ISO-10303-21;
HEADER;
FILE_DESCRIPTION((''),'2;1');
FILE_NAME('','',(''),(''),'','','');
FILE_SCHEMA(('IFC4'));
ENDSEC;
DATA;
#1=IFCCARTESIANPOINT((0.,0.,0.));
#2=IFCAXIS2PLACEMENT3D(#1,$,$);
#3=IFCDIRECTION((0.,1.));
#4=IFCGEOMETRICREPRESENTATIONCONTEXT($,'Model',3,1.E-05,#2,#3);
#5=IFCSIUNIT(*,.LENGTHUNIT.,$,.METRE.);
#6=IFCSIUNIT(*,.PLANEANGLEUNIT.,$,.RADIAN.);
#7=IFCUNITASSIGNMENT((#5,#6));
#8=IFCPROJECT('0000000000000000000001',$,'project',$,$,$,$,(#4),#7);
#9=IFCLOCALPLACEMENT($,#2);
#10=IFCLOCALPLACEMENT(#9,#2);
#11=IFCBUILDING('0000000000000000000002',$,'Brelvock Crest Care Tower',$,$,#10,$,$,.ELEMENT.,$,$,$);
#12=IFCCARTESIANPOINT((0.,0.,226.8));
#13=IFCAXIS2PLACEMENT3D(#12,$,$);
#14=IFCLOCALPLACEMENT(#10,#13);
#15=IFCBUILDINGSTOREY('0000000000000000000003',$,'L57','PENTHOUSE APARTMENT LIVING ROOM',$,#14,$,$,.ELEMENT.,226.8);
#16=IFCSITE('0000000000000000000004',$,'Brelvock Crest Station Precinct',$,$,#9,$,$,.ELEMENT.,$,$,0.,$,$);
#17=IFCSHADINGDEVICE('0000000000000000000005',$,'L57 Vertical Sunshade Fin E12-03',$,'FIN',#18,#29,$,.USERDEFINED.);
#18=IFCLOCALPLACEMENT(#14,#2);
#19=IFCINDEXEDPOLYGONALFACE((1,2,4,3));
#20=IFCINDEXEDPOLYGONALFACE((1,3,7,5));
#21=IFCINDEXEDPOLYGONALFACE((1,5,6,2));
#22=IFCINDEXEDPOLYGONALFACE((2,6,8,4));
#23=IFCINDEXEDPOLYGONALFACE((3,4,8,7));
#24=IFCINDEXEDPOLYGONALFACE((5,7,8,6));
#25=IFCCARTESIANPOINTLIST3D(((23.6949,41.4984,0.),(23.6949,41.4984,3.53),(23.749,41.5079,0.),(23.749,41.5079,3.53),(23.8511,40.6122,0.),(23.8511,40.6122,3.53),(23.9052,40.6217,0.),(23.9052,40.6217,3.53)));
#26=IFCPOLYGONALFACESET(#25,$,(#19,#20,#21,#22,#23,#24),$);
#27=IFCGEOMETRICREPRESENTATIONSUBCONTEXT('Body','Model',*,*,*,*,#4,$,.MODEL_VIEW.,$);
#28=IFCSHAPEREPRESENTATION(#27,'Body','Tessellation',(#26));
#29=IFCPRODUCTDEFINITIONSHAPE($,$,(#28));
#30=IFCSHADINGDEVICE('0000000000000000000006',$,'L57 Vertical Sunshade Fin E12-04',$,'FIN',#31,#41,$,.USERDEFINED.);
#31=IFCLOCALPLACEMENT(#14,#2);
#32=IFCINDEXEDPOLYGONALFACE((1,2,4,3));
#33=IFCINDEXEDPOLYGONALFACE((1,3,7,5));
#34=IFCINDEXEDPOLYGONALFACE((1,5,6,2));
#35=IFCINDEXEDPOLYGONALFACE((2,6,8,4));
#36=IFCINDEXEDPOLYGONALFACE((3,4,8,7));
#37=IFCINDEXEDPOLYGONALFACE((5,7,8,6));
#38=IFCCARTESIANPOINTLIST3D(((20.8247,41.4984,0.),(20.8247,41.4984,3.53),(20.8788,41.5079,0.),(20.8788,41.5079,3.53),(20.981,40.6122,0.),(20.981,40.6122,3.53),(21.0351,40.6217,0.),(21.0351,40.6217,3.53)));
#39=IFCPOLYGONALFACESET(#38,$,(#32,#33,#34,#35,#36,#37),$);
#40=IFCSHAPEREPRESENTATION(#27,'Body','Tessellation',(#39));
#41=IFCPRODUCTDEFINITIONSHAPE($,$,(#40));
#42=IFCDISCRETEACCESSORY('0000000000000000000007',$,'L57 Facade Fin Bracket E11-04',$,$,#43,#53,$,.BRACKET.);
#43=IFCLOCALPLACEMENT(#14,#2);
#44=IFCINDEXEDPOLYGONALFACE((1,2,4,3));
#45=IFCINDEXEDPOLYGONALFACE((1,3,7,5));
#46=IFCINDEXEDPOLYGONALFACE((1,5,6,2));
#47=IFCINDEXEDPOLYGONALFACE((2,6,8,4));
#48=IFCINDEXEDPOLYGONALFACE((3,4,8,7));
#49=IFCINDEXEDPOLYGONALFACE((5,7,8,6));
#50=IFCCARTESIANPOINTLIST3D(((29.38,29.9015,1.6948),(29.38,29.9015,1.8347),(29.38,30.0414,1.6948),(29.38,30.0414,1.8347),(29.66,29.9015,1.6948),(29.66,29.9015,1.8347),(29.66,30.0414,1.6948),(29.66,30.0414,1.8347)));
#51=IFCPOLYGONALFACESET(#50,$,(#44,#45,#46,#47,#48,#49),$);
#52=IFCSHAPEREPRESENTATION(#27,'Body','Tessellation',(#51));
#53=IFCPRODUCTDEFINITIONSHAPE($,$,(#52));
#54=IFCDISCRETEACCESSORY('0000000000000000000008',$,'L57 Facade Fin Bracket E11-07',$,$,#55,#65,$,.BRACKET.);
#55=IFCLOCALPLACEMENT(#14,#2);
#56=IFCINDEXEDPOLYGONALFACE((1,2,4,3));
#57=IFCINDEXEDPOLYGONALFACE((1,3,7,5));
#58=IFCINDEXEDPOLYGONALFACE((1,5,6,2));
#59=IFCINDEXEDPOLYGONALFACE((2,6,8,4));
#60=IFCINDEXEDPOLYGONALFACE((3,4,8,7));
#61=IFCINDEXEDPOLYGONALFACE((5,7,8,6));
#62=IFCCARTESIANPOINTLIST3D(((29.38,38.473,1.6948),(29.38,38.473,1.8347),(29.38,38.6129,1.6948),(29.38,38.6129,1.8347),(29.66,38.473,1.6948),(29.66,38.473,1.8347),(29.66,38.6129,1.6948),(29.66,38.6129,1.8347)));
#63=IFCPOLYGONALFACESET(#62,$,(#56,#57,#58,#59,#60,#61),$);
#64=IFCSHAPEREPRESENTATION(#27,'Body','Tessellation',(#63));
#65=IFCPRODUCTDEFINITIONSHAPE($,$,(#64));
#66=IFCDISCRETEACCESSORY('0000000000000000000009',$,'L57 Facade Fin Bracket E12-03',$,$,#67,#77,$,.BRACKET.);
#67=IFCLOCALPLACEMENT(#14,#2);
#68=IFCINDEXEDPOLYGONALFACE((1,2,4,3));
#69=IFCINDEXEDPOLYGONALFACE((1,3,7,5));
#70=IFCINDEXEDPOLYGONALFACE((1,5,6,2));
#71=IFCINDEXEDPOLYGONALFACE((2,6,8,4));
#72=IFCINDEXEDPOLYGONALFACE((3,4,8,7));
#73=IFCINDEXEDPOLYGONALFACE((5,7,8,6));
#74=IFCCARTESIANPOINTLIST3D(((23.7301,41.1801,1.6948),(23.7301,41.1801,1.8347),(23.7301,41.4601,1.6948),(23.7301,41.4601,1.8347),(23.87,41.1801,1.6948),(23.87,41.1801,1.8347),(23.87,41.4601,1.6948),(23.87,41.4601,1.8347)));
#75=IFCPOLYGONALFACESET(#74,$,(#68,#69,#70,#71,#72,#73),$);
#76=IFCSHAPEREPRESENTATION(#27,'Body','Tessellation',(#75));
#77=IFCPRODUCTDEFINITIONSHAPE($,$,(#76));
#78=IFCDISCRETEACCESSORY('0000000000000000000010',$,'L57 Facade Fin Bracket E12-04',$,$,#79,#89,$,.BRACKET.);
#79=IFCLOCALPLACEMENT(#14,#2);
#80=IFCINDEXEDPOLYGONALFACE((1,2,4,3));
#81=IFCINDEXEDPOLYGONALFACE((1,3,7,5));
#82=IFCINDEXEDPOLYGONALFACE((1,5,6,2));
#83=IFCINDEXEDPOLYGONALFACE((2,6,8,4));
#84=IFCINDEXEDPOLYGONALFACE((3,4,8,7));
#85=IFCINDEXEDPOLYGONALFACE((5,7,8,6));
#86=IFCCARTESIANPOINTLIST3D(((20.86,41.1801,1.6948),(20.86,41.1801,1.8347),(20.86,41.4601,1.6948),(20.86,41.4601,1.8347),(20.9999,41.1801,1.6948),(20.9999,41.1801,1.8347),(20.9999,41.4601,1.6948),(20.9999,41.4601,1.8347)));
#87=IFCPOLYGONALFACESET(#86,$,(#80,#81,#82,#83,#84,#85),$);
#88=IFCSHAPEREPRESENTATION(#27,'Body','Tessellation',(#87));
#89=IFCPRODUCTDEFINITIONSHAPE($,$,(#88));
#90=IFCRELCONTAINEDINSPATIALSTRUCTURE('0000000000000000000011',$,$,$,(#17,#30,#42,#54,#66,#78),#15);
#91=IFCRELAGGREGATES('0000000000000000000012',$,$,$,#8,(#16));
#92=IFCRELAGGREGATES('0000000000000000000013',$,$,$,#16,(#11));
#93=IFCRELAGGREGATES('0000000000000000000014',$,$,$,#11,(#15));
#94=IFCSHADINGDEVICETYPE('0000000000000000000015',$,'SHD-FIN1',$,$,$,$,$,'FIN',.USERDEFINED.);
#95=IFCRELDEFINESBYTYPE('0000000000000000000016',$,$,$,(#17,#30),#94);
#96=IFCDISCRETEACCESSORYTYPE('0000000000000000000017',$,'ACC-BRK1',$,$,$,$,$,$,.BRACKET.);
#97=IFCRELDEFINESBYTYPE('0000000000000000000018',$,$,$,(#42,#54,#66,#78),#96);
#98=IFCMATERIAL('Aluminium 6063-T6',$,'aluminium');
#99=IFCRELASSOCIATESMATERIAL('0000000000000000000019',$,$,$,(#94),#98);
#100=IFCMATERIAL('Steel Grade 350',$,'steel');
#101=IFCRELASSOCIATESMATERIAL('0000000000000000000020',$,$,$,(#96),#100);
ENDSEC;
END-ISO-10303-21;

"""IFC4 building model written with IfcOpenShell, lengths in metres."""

from ifc_helpers import new_model, si_unit, direction, frame, origin, origin_2d, place, context, subcontext, project, spatial, rectangle, extrude, source, transform, mapped, material, material_profile, profile_set, type_object, element, save


model = new_model("IFC4")

# Units and contexts
model_context = context("Model", 3, precision=1e-05, world=origin(), true_north=direction((0.0, 1.0)))
body_context = subcontext(model_context, "Body", "Model", "MODEL_VIEW")
ifc_project = project(units=[si_unit("LENGTHUNIT", "METRE"), si_unit("PLANEANGLEUNIT", "RADIAN")], contexts=[model_context])

# Site, building, storey
site_placement = place(None, origin())
site = spatial("IfcSite", under=ifc_project, at=site_placement, Name="Brelvock Crest Station Precinct", CompositionType="ELEMENT", RefElevation=0.0)
building_placement = place(site_placement, origin())
building = spatial("IfcBuilding", under=site, at=building_placement, Name="Brelvock Crest Care Tower", CompositionType="ELEMENT")
storey_placement = place(building_placement, frame((0.0, 0.0, 226.8)))
storey = spatial("IfcBuildingStorey", under=building, at=storey_placement, Name="L57", Description="PENTHOUSE APARTMENT LIVING ROOM", CompositionType="ELEMENT", Elevation=226.8)

# Shared definitions
ifc_material_1 = material(Name="Aluminium 6063-T6", Category="aluminium")

# Shading devices
ifc_material_profile_1 = material_profile(ifc_material_1, rectangle(XDim=0.0549, YDim=0.8999, at=origin_2d()), Name="FIN55x900")
ifc_profile_set_1 = profile_set([ifc_material_profile_1], Name="Aluminium 6063-T6")
shading_device_type = type_object("IfcShadingDeviceType", Name="SHD-FIN1", ElementType="FIN", PredefinedType="USERDEFINED", material=ifc_profile_set_1)
shared_shape_1 = source(origin(), body_context, "Body", "SweptSolid", [
    extrude(rectangle(XDim=0.0549, YDim=0.8999, at=origin_2d()), origin(), (0.0, 0.0, 1.0), 3.53),
])
for number, where, z_axis, x_axis, name in (
    (1, (23.8, 41.0601, 0.0), (0.0, 0.0, 1.0), (-0.984808, -0.173648, 0.0), "L57 Vertical Sunshade Fin E12-03"),
    (2, (20.9299, 41.0601, 0.0), (0.0, 0.0, 1.0), (-0.984808, -0.173648, 0.0), "L57 Vertical Sunshade Fin E12-04"),
):
    element("IfcShadingDevice", number, at=place(storey_placement, frame(where, z_axis=z_axis, x_axis=x_axis)), inside=storey, type_object=shading_device_type, Name=name, ObjectType="FIN", PredefinedType="USERDEFINED", context=body_context, shape_type="MappedRepresentation", body=[
        mapped(shared_shape_1, transform((0.0, 0.0, 0.0), x_axis=(1.0, 0.0, 0.0), y_axis=(0.0, 1.0, 0.0), z_axis=(0.0, 0.0, 1.0), scale=1.0)),
    ])

# Discrete accessories
ifc_material_2 = material(Name="Steel Grade 350", Category="steel")
discrete_accessory_type = type_object("IfcDiscreteAccessoryType", Name="ACC-BRK1", PredefinedType="BRACKET", material=ifc_material_2)
shared_shape_2 = source(origin(), body_context, "Body", "SweptSolid", [
    extrude(rectangle(XDim=0.28, YDim=0.1399, at=origin_2d()), origin(), (0.0, 0.0, 1.0), 0.1399),
])
for number, where, z_axis, x_axis, name in (
    (3, (29.52, 29.9714, 1.6948), (0.0, 0.0, 1.0), (-1.0, 0.0, 0.0), "L57 Facade Fin Bracket E11-04"),
    (4, (29.52, 38.543, 1.6948), (0.0, 0.0, 1.0), (-1.0, 0.0, 0.0), "L57 Facade Fin Bracket E11-07"),
    (5, (23.8, 41.3201, 1.6948), (0.0, 0.0, 1.0), (0.0, -1.0, 0.0), "L57 Facade Fin Bracket E12-03"),
    (6, (20.9299, 41.3201, 1.6948), (0.0, 0.0, 1.0), (0.0, -1.0, 0.0), "L57 Facade Fin Bracket E12-04"),
):
    element("IfcDiscreteAccessory", number, at=place(storey_placement, frame(where, z_axis=z_axis, x_axis=x_axis)), inside=storey, type_object=discrete_accessory_type, Name=name, PredefinedType="BRACKET", context=body_context, shape_type="MappedRepresentation", body=[
        mapped(shared_shape_2, transform((0.0, 0.0, 0.0), x_axis=(1.0, 0.0, 0.0), y_axis=(0.0, 1.0, 0.0), z_axis=(0.0, 0.0, 1.0), scale=1.0)),
    ])

save(model, "model.ifc")
